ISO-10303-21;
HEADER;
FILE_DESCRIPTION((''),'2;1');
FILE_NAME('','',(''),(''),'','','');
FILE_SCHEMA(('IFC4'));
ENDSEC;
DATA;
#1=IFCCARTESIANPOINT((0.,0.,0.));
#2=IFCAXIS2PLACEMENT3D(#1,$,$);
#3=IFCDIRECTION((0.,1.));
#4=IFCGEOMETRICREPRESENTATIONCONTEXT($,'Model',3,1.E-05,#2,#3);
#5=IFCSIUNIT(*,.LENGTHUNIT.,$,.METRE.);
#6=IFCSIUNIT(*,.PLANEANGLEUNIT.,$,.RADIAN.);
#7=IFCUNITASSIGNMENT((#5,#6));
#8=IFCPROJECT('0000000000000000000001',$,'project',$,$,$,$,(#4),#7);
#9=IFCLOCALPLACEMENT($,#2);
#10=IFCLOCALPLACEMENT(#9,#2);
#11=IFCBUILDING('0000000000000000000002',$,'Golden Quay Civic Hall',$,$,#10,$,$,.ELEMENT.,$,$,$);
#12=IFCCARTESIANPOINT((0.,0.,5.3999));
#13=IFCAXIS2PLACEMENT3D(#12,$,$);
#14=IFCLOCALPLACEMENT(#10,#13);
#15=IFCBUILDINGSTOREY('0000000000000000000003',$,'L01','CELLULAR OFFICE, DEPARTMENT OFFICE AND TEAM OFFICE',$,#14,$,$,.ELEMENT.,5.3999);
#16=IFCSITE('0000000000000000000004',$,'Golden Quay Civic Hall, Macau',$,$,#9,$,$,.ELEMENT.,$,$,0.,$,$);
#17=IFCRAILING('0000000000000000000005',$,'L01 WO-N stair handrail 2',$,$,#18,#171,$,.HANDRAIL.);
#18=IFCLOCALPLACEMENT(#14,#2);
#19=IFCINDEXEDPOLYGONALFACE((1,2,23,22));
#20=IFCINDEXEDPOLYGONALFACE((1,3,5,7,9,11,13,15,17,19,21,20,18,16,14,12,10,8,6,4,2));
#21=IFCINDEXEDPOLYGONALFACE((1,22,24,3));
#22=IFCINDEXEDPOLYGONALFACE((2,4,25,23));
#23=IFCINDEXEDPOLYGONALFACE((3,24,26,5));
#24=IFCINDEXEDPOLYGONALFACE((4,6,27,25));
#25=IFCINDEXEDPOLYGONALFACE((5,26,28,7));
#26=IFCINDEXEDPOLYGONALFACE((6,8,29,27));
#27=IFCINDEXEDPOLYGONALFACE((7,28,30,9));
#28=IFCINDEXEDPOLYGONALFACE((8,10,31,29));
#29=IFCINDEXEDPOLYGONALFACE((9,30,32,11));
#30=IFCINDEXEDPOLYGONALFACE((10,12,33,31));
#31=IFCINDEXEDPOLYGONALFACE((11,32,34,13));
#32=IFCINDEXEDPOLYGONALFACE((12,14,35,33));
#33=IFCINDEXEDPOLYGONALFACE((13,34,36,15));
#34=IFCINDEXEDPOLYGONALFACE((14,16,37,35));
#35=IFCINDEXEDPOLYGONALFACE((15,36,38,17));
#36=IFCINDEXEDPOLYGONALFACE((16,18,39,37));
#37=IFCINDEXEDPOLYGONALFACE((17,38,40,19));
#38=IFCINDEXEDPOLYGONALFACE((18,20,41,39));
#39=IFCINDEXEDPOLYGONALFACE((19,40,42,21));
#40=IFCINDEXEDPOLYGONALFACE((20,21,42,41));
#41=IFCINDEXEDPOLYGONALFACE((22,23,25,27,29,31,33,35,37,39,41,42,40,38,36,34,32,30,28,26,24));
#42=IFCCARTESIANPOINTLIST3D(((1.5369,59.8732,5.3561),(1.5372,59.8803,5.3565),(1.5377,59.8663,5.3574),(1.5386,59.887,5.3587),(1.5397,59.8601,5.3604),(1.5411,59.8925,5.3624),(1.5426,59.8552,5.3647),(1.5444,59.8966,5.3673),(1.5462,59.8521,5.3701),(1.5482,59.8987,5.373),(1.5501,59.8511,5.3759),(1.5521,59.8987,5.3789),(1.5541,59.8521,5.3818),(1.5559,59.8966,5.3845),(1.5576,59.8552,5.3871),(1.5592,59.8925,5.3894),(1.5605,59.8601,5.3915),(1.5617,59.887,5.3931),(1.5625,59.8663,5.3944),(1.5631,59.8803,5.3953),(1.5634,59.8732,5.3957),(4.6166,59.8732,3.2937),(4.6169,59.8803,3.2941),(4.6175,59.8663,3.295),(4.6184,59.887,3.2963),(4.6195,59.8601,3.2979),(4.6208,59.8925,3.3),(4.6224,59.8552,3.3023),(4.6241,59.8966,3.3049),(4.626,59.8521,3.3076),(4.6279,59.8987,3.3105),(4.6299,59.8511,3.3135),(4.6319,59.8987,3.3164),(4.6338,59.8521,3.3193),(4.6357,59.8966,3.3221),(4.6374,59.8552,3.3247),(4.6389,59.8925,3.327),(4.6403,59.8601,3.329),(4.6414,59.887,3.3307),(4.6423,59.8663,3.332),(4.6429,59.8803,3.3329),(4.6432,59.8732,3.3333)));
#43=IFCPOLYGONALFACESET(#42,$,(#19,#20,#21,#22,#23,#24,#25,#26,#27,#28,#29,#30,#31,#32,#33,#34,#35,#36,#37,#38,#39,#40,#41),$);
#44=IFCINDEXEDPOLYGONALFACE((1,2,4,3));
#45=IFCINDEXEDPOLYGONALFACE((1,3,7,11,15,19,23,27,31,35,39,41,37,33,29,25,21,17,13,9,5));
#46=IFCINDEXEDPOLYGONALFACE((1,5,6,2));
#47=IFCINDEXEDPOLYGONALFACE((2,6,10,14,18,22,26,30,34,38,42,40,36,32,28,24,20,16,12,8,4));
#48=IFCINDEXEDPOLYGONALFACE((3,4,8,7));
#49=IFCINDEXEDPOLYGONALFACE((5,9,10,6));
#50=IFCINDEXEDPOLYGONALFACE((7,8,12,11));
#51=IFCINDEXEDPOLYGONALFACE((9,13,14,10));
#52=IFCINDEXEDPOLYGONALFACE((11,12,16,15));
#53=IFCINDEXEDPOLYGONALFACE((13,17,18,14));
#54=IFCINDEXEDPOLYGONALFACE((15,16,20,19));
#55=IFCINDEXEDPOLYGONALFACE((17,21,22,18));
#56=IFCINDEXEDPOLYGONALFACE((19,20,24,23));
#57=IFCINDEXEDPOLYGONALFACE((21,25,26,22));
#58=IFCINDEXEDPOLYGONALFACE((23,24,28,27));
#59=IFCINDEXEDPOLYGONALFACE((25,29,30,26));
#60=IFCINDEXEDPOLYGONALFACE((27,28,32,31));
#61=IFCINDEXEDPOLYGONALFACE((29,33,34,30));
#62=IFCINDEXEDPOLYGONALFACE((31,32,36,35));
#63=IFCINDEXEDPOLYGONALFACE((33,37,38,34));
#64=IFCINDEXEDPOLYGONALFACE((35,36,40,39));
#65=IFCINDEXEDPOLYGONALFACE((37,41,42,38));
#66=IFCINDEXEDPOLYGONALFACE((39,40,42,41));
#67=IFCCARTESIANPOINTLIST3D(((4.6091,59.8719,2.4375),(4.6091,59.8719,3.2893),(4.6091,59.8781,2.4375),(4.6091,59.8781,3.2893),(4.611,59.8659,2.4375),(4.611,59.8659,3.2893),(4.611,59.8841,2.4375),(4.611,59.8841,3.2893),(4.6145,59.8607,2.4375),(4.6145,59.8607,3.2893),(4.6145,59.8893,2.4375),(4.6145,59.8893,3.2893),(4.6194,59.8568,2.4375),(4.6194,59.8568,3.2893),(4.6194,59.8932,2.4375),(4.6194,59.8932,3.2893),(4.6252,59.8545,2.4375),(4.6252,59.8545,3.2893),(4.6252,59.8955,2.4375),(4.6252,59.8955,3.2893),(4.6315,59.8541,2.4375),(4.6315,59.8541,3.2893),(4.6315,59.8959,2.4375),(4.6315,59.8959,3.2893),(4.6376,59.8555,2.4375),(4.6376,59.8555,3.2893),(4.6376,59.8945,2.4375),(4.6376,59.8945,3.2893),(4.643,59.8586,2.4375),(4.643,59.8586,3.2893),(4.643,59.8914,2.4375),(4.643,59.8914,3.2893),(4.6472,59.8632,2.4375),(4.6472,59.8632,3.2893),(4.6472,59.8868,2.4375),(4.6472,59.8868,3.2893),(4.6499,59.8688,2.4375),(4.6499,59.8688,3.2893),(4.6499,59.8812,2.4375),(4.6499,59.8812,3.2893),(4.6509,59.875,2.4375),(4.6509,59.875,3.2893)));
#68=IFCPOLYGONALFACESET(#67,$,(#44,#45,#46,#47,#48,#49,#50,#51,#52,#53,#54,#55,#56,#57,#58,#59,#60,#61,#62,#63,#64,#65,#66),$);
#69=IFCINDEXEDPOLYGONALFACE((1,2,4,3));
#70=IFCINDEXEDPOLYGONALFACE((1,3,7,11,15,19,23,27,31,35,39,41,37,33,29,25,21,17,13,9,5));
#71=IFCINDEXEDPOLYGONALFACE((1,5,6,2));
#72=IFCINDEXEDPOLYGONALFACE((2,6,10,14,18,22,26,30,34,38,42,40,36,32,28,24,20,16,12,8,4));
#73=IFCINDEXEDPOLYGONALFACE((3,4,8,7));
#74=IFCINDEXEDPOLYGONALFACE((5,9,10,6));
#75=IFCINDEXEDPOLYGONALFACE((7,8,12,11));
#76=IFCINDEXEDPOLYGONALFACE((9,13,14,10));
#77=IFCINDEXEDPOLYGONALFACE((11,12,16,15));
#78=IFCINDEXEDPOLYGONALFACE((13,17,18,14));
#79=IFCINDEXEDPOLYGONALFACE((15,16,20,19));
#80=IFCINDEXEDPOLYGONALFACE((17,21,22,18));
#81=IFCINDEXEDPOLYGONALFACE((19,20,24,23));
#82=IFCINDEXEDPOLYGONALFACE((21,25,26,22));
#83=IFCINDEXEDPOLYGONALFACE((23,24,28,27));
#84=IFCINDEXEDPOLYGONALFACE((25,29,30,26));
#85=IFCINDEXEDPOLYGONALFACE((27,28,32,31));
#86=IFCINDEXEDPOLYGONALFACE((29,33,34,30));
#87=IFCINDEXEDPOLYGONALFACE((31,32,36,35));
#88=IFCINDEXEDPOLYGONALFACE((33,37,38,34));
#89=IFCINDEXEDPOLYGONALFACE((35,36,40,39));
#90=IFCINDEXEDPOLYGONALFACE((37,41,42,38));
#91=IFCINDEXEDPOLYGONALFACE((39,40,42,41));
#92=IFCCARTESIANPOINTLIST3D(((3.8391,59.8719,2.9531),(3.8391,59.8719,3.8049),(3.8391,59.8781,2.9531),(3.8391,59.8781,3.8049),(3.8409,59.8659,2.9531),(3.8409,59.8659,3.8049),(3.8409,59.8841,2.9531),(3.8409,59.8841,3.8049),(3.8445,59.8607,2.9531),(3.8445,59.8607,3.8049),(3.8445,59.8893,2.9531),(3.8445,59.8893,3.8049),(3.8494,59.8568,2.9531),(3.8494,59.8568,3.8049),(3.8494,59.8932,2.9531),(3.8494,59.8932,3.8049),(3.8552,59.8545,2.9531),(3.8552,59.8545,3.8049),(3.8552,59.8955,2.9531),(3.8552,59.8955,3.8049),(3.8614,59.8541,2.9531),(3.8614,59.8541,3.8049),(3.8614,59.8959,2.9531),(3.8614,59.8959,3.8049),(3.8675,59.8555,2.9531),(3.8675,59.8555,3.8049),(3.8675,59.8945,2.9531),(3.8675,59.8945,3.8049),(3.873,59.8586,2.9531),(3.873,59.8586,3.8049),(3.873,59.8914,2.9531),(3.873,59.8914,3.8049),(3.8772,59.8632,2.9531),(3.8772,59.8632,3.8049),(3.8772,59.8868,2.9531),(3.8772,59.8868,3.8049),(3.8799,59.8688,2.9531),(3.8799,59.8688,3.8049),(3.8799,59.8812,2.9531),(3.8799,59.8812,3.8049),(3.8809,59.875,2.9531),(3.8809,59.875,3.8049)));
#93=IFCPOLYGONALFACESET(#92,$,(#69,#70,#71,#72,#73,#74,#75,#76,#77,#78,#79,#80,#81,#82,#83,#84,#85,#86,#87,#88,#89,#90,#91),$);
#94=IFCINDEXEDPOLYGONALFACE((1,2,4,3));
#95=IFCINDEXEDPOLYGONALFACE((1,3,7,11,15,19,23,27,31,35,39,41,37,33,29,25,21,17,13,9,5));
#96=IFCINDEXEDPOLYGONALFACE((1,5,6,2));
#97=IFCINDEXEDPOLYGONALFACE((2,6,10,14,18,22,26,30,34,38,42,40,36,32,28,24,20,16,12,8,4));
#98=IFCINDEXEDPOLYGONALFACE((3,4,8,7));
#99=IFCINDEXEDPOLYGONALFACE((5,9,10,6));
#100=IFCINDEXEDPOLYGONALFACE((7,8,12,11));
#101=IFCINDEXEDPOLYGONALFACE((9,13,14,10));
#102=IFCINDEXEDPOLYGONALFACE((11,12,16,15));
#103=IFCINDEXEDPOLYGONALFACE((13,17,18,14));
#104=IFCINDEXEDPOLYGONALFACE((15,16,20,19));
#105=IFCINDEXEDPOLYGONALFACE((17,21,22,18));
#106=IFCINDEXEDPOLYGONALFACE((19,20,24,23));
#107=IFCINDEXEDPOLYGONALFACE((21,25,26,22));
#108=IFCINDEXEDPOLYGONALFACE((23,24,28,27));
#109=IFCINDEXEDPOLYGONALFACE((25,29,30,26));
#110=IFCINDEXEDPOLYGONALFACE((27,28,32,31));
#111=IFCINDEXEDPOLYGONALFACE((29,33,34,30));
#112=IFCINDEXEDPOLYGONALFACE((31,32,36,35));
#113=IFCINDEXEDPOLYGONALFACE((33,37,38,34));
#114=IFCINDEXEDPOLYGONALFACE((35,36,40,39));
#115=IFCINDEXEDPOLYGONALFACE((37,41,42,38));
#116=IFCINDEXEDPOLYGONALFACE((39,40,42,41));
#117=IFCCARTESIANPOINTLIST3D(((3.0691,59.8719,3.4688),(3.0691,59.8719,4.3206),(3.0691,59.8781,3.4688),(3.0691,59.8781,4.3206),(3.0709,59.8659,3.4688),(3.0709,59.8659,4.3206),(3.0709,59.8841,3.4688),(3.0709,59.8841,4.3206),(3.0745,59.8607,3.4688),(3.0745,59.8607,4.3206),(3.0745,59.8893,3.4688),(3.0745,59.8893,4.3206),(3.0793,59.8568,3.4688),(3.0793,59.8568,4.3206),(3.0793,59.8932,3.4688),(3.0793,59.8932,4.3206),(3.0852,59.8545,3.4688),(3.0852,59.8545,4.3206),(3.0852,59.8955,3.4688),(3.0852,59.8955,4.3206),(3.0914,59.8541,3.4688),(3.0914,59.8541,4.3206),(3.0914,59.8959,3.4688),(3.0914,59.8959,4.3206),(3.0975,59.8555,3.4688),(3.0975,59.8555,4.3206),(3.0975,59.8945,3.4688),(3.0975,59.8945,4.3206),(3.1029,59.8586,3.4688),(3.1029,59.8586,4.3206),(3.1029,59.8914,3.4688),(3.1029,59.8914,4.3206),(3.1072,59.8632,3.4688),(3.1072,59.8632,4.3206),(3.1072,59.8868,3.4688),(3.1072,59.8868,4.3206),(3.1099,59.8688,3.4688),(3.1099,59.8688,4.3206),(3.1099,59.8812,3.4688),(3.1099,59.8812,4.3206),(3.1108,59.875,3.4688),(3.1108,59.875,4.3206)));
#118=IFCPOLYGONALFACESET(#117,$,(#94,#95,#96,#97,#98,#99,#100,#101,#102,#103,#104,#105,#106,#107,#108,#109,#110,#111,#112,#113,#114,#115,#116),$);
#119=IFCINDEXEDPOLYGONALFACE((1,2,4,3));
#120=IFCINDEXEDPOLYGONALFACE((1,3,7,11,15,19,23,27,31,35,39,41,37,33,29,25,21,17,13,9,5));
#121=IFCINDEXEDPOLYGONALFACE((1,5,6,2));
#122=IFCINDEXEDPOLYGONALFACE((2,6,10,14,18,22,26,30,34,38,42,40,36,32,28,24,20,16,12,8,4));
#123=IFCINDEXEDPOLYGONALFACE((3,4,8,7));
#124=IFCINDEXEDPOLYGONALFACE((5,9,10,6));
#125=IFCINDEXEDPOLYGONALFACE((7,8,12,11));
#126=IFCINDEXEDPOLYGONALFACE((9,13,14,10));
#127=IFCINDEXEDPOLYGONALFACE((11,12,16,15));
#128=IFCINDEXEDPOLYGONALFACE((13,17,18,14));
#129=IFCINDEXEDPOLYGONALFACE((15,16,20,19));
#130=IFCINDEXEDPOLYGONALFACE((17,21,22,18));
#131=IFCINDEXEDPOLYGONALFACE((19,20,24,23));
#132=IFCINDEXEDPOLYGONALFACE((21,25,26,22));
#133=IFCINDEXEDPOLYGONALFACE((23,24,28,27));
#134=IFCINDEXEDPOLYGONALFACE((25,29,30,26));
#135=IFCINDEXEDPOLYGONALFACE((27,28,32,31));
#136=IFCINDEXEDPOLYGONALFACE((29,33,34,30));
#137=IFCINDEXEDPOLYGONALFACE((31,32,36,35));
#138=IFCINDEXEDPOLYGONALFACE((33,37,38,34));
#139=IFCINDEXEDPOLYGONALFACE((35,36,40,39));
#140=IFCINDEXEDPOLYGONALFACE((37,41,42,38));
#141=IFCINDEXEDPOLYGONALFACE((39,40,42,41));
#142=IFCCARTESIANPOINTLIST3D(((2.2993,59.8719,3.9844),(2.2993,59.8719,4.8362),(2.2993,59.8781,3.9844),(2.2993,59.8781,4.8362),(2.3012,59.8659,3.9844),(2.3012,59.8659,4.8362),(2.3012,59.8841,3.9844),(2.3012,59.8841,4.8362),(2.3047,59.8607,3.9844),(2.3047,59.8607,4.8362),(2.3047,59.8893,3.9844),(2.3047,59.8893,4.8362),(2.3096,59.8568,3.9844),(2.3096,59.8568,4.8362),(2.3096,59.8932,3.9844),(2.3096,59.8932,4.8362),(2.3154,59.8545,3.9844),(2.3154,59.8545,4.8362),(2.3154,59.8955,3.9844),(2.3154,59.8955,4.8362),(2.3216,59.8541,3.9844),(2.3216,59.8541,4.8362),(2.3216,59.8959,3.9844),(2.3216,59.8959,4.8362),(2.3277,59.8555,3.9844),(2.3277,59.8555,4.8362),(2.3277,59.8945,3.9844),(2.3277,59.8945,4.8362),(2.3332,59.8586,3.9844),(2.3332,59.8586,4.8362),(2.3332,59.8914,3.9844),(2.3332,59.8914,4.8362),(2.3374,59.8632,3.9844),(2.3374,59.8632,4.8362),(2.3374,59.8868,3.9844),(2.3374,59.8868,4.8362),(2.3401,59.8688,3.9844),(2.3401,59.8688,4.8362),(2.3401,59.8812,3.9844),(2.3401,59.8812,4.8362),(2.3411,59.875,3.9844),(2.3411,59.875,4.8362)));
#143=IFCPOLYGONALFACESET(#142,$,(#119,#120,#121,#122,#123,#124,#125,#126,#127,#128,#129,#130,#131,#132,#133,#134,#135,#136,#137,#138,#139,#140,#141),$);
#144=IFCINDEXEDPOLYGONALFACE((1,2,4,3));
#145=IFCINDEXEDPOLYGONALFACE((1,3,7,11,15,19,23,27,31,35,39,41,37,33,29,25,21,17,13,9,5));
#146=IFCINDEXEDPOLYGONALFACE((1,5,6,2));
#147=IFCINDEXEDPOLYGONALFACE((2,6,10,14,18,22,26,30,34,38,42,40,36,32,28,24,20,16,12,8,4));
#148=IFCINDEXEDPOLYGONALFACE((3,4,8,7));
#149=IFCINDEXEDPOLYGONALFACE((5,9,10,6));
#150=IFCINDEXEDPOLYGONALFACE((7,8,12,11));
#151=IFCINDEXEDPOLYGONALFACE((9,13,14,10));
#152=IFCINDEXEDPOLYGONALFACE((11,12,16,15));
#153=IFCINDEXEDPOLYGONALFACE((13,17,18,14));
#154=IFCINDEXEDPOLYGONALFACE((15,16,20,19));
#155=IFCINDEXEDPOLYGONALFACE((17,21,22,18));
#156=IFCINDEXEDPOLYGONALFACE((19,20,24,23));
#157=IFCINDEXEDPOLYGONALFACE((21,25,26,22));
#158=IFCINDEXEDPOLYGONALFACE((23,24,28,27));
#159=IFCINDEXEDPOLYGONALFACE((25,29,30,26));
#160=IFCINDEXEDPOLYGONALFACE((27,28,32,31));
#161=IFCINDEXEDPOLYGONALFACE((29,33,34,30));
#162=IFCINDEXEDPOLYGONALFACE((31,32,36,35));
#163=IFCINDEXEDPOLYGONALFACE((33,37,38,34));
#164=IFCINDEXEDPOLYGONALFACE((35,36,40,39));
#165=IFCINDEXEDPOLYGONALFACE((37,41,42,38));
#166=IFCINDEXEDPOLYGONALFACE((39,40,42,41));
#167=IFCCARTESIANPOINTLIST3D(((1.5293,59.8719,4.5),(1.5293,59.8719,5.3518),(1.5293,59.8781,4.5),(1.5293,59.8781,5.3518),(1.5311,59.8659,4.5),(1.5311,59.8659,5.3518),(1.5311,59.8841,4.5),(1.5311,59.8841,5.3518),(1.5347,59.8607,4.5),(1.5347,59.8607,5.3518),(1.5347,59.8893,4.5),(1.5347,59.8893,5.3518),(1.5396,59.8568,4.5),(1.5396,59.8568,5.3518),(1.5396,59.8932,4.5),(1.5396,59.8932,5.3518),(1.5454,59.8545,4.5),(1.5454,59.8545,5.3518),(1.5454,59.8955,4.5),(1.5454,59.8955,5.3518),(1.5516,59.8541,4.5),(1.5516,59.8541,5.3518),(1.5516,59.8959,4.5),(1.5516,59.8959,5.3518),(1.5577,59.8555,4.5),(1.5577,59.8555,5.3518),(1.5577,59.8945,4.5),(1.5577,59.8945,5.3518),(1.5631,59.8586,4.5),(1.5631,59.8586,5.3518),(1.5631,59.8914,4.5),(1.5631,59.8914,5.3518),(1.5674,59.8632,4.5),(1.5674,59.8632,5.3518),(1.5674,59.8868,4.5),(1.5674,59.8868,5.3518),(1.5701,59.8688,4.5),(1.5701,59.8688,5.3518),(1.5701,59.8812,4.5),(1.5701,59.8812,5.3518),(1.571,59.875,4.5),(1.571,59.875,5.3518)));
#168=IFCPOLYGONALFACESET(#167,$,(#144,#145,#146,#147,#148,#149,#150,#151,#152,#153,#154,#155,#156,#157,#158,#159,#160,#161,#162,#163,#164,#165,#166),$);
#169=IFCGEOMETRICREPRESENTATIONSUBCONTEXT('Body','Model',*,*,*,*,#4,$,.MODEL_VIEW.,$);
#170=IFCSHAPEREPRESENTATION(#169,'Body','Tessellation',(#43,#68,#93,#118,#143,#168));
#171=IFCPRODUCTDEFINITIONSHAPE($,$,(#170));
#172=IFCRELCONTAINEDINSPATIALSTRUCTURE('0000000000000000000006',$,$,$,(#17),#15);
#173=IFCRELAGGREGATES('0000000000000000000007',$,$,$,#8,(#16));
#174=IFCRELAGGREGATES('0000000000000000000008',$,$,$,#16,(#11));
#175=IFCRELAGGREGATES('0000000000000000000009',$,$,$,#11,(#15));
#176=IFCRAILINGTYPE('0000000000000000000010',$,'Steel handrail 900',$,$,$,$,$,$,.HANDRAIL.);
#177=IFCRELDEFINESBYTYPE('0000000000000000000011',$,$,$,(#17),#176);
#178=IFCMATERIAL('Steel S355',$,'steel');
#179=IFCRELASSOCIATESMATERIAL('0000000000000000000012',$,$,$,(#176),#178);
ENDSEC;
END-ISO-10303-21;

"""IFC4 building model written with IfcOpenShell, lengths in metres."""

from ifc_helpers import new_model, si_unit, direction, frame, origin, origin_2d, place, context, subcontext, project, spatial, circle, extrude, material, type_object, element, save


model = new_model("IFC4")

# Units and contexts
model_context = context("Model", 3, precision=1e-05, world=origin(), true_north=direction((0.0, 1.0)))
body_context = subcontext(model_context, "Body", "Model", "MODEL_VIEW")
ifc_project = project(units=[si_unit("LENGTHUNIT", "METRE"), si_unit("PLANEANGLEUNIT", "RADIAN")], contexts=[model_context])

# Site, building, storey
site_placement = place(None, origin())
site = spatial("IfcSite", under=ifc_project, at=site_placement, Name="Golden Quay Civic Hall, Macau", CompositionType="ELEMENT", RefElevation=0.0)
building_placement = place(site_placement, origin())
building = spatial("IfcBuilding", under=site, at=building_placement, Name="Golden Quay Civic Hall", CompositionType="ELEMENT")
storey_placement = place(building_placement, frame((0.0, 0.0, 5.3999)))
storey = spatial("IfcBuildingStorey", under=building, at=storey_placement, Name="L01", Description="CELLULAR OFFICE, DEPARTMENT OFFICE AND TEAM OFFICE", CompositionType="ELEMENT", Elevation=5.3999)

# Railing
ifc_material_1 = material(Name="Steel S355", Category="steel")
railing_type_1 = type_object("IfcRailingType", Name="Steel handrail 900", PredefinedType="HANDRAIL", material=ifc_material_1)
railing_1_placement = place(storey_placement, frame((4.6299, 59.875, 2.4375)))
element("IfcRailing", 1, at=railing_1_placement, inside=storey, type_object=railing_type_1, Name="L01 WO-N stair handrail 2", PredefinedType="HANDRAIL", context=body_context, shape_type="SweptSolid", body=[
    extrude(circle(Radius=0.0239, at=origin_2d()), frame((0.0, 0.0, 0.876), z_axis=(-0.830893, 0.0, 0.556432), x_axis=(0.0, -1.0, 0.0)), (0.0, 0.0, 1.0), 3.7065),
    extrude(circle(Radius=0.021, at=origin_2d()), origin(), (0.0, 0.0, 1.0), 0.8518),
    extrude(circle(Radius=0.021, at=origin_2d()), frame((-0.77, 0.0, 0.5156)), (0.0, 0.0, 1.0), 0.8518),
    extrude(circle(Radius=0.021, at=origin_2d()), frame((-1.54, 0.0, 1.0312)), (0.0, 0.0, 1.0), 0.8518),
    extrude(circle(Radius=0.021, at=origin_2d()), frame((-2.3098, 0.0, 1.5469)), (0.0, 0.0, 1.0), 0.8518),
    extrude(circle(Radius=0.021, at=origin_2d()), frame((-3.0798, 0.0, 2.0625)), (0.0, 0.0, 1.0), 0.8518),
])

save(model, "model.ifc")
